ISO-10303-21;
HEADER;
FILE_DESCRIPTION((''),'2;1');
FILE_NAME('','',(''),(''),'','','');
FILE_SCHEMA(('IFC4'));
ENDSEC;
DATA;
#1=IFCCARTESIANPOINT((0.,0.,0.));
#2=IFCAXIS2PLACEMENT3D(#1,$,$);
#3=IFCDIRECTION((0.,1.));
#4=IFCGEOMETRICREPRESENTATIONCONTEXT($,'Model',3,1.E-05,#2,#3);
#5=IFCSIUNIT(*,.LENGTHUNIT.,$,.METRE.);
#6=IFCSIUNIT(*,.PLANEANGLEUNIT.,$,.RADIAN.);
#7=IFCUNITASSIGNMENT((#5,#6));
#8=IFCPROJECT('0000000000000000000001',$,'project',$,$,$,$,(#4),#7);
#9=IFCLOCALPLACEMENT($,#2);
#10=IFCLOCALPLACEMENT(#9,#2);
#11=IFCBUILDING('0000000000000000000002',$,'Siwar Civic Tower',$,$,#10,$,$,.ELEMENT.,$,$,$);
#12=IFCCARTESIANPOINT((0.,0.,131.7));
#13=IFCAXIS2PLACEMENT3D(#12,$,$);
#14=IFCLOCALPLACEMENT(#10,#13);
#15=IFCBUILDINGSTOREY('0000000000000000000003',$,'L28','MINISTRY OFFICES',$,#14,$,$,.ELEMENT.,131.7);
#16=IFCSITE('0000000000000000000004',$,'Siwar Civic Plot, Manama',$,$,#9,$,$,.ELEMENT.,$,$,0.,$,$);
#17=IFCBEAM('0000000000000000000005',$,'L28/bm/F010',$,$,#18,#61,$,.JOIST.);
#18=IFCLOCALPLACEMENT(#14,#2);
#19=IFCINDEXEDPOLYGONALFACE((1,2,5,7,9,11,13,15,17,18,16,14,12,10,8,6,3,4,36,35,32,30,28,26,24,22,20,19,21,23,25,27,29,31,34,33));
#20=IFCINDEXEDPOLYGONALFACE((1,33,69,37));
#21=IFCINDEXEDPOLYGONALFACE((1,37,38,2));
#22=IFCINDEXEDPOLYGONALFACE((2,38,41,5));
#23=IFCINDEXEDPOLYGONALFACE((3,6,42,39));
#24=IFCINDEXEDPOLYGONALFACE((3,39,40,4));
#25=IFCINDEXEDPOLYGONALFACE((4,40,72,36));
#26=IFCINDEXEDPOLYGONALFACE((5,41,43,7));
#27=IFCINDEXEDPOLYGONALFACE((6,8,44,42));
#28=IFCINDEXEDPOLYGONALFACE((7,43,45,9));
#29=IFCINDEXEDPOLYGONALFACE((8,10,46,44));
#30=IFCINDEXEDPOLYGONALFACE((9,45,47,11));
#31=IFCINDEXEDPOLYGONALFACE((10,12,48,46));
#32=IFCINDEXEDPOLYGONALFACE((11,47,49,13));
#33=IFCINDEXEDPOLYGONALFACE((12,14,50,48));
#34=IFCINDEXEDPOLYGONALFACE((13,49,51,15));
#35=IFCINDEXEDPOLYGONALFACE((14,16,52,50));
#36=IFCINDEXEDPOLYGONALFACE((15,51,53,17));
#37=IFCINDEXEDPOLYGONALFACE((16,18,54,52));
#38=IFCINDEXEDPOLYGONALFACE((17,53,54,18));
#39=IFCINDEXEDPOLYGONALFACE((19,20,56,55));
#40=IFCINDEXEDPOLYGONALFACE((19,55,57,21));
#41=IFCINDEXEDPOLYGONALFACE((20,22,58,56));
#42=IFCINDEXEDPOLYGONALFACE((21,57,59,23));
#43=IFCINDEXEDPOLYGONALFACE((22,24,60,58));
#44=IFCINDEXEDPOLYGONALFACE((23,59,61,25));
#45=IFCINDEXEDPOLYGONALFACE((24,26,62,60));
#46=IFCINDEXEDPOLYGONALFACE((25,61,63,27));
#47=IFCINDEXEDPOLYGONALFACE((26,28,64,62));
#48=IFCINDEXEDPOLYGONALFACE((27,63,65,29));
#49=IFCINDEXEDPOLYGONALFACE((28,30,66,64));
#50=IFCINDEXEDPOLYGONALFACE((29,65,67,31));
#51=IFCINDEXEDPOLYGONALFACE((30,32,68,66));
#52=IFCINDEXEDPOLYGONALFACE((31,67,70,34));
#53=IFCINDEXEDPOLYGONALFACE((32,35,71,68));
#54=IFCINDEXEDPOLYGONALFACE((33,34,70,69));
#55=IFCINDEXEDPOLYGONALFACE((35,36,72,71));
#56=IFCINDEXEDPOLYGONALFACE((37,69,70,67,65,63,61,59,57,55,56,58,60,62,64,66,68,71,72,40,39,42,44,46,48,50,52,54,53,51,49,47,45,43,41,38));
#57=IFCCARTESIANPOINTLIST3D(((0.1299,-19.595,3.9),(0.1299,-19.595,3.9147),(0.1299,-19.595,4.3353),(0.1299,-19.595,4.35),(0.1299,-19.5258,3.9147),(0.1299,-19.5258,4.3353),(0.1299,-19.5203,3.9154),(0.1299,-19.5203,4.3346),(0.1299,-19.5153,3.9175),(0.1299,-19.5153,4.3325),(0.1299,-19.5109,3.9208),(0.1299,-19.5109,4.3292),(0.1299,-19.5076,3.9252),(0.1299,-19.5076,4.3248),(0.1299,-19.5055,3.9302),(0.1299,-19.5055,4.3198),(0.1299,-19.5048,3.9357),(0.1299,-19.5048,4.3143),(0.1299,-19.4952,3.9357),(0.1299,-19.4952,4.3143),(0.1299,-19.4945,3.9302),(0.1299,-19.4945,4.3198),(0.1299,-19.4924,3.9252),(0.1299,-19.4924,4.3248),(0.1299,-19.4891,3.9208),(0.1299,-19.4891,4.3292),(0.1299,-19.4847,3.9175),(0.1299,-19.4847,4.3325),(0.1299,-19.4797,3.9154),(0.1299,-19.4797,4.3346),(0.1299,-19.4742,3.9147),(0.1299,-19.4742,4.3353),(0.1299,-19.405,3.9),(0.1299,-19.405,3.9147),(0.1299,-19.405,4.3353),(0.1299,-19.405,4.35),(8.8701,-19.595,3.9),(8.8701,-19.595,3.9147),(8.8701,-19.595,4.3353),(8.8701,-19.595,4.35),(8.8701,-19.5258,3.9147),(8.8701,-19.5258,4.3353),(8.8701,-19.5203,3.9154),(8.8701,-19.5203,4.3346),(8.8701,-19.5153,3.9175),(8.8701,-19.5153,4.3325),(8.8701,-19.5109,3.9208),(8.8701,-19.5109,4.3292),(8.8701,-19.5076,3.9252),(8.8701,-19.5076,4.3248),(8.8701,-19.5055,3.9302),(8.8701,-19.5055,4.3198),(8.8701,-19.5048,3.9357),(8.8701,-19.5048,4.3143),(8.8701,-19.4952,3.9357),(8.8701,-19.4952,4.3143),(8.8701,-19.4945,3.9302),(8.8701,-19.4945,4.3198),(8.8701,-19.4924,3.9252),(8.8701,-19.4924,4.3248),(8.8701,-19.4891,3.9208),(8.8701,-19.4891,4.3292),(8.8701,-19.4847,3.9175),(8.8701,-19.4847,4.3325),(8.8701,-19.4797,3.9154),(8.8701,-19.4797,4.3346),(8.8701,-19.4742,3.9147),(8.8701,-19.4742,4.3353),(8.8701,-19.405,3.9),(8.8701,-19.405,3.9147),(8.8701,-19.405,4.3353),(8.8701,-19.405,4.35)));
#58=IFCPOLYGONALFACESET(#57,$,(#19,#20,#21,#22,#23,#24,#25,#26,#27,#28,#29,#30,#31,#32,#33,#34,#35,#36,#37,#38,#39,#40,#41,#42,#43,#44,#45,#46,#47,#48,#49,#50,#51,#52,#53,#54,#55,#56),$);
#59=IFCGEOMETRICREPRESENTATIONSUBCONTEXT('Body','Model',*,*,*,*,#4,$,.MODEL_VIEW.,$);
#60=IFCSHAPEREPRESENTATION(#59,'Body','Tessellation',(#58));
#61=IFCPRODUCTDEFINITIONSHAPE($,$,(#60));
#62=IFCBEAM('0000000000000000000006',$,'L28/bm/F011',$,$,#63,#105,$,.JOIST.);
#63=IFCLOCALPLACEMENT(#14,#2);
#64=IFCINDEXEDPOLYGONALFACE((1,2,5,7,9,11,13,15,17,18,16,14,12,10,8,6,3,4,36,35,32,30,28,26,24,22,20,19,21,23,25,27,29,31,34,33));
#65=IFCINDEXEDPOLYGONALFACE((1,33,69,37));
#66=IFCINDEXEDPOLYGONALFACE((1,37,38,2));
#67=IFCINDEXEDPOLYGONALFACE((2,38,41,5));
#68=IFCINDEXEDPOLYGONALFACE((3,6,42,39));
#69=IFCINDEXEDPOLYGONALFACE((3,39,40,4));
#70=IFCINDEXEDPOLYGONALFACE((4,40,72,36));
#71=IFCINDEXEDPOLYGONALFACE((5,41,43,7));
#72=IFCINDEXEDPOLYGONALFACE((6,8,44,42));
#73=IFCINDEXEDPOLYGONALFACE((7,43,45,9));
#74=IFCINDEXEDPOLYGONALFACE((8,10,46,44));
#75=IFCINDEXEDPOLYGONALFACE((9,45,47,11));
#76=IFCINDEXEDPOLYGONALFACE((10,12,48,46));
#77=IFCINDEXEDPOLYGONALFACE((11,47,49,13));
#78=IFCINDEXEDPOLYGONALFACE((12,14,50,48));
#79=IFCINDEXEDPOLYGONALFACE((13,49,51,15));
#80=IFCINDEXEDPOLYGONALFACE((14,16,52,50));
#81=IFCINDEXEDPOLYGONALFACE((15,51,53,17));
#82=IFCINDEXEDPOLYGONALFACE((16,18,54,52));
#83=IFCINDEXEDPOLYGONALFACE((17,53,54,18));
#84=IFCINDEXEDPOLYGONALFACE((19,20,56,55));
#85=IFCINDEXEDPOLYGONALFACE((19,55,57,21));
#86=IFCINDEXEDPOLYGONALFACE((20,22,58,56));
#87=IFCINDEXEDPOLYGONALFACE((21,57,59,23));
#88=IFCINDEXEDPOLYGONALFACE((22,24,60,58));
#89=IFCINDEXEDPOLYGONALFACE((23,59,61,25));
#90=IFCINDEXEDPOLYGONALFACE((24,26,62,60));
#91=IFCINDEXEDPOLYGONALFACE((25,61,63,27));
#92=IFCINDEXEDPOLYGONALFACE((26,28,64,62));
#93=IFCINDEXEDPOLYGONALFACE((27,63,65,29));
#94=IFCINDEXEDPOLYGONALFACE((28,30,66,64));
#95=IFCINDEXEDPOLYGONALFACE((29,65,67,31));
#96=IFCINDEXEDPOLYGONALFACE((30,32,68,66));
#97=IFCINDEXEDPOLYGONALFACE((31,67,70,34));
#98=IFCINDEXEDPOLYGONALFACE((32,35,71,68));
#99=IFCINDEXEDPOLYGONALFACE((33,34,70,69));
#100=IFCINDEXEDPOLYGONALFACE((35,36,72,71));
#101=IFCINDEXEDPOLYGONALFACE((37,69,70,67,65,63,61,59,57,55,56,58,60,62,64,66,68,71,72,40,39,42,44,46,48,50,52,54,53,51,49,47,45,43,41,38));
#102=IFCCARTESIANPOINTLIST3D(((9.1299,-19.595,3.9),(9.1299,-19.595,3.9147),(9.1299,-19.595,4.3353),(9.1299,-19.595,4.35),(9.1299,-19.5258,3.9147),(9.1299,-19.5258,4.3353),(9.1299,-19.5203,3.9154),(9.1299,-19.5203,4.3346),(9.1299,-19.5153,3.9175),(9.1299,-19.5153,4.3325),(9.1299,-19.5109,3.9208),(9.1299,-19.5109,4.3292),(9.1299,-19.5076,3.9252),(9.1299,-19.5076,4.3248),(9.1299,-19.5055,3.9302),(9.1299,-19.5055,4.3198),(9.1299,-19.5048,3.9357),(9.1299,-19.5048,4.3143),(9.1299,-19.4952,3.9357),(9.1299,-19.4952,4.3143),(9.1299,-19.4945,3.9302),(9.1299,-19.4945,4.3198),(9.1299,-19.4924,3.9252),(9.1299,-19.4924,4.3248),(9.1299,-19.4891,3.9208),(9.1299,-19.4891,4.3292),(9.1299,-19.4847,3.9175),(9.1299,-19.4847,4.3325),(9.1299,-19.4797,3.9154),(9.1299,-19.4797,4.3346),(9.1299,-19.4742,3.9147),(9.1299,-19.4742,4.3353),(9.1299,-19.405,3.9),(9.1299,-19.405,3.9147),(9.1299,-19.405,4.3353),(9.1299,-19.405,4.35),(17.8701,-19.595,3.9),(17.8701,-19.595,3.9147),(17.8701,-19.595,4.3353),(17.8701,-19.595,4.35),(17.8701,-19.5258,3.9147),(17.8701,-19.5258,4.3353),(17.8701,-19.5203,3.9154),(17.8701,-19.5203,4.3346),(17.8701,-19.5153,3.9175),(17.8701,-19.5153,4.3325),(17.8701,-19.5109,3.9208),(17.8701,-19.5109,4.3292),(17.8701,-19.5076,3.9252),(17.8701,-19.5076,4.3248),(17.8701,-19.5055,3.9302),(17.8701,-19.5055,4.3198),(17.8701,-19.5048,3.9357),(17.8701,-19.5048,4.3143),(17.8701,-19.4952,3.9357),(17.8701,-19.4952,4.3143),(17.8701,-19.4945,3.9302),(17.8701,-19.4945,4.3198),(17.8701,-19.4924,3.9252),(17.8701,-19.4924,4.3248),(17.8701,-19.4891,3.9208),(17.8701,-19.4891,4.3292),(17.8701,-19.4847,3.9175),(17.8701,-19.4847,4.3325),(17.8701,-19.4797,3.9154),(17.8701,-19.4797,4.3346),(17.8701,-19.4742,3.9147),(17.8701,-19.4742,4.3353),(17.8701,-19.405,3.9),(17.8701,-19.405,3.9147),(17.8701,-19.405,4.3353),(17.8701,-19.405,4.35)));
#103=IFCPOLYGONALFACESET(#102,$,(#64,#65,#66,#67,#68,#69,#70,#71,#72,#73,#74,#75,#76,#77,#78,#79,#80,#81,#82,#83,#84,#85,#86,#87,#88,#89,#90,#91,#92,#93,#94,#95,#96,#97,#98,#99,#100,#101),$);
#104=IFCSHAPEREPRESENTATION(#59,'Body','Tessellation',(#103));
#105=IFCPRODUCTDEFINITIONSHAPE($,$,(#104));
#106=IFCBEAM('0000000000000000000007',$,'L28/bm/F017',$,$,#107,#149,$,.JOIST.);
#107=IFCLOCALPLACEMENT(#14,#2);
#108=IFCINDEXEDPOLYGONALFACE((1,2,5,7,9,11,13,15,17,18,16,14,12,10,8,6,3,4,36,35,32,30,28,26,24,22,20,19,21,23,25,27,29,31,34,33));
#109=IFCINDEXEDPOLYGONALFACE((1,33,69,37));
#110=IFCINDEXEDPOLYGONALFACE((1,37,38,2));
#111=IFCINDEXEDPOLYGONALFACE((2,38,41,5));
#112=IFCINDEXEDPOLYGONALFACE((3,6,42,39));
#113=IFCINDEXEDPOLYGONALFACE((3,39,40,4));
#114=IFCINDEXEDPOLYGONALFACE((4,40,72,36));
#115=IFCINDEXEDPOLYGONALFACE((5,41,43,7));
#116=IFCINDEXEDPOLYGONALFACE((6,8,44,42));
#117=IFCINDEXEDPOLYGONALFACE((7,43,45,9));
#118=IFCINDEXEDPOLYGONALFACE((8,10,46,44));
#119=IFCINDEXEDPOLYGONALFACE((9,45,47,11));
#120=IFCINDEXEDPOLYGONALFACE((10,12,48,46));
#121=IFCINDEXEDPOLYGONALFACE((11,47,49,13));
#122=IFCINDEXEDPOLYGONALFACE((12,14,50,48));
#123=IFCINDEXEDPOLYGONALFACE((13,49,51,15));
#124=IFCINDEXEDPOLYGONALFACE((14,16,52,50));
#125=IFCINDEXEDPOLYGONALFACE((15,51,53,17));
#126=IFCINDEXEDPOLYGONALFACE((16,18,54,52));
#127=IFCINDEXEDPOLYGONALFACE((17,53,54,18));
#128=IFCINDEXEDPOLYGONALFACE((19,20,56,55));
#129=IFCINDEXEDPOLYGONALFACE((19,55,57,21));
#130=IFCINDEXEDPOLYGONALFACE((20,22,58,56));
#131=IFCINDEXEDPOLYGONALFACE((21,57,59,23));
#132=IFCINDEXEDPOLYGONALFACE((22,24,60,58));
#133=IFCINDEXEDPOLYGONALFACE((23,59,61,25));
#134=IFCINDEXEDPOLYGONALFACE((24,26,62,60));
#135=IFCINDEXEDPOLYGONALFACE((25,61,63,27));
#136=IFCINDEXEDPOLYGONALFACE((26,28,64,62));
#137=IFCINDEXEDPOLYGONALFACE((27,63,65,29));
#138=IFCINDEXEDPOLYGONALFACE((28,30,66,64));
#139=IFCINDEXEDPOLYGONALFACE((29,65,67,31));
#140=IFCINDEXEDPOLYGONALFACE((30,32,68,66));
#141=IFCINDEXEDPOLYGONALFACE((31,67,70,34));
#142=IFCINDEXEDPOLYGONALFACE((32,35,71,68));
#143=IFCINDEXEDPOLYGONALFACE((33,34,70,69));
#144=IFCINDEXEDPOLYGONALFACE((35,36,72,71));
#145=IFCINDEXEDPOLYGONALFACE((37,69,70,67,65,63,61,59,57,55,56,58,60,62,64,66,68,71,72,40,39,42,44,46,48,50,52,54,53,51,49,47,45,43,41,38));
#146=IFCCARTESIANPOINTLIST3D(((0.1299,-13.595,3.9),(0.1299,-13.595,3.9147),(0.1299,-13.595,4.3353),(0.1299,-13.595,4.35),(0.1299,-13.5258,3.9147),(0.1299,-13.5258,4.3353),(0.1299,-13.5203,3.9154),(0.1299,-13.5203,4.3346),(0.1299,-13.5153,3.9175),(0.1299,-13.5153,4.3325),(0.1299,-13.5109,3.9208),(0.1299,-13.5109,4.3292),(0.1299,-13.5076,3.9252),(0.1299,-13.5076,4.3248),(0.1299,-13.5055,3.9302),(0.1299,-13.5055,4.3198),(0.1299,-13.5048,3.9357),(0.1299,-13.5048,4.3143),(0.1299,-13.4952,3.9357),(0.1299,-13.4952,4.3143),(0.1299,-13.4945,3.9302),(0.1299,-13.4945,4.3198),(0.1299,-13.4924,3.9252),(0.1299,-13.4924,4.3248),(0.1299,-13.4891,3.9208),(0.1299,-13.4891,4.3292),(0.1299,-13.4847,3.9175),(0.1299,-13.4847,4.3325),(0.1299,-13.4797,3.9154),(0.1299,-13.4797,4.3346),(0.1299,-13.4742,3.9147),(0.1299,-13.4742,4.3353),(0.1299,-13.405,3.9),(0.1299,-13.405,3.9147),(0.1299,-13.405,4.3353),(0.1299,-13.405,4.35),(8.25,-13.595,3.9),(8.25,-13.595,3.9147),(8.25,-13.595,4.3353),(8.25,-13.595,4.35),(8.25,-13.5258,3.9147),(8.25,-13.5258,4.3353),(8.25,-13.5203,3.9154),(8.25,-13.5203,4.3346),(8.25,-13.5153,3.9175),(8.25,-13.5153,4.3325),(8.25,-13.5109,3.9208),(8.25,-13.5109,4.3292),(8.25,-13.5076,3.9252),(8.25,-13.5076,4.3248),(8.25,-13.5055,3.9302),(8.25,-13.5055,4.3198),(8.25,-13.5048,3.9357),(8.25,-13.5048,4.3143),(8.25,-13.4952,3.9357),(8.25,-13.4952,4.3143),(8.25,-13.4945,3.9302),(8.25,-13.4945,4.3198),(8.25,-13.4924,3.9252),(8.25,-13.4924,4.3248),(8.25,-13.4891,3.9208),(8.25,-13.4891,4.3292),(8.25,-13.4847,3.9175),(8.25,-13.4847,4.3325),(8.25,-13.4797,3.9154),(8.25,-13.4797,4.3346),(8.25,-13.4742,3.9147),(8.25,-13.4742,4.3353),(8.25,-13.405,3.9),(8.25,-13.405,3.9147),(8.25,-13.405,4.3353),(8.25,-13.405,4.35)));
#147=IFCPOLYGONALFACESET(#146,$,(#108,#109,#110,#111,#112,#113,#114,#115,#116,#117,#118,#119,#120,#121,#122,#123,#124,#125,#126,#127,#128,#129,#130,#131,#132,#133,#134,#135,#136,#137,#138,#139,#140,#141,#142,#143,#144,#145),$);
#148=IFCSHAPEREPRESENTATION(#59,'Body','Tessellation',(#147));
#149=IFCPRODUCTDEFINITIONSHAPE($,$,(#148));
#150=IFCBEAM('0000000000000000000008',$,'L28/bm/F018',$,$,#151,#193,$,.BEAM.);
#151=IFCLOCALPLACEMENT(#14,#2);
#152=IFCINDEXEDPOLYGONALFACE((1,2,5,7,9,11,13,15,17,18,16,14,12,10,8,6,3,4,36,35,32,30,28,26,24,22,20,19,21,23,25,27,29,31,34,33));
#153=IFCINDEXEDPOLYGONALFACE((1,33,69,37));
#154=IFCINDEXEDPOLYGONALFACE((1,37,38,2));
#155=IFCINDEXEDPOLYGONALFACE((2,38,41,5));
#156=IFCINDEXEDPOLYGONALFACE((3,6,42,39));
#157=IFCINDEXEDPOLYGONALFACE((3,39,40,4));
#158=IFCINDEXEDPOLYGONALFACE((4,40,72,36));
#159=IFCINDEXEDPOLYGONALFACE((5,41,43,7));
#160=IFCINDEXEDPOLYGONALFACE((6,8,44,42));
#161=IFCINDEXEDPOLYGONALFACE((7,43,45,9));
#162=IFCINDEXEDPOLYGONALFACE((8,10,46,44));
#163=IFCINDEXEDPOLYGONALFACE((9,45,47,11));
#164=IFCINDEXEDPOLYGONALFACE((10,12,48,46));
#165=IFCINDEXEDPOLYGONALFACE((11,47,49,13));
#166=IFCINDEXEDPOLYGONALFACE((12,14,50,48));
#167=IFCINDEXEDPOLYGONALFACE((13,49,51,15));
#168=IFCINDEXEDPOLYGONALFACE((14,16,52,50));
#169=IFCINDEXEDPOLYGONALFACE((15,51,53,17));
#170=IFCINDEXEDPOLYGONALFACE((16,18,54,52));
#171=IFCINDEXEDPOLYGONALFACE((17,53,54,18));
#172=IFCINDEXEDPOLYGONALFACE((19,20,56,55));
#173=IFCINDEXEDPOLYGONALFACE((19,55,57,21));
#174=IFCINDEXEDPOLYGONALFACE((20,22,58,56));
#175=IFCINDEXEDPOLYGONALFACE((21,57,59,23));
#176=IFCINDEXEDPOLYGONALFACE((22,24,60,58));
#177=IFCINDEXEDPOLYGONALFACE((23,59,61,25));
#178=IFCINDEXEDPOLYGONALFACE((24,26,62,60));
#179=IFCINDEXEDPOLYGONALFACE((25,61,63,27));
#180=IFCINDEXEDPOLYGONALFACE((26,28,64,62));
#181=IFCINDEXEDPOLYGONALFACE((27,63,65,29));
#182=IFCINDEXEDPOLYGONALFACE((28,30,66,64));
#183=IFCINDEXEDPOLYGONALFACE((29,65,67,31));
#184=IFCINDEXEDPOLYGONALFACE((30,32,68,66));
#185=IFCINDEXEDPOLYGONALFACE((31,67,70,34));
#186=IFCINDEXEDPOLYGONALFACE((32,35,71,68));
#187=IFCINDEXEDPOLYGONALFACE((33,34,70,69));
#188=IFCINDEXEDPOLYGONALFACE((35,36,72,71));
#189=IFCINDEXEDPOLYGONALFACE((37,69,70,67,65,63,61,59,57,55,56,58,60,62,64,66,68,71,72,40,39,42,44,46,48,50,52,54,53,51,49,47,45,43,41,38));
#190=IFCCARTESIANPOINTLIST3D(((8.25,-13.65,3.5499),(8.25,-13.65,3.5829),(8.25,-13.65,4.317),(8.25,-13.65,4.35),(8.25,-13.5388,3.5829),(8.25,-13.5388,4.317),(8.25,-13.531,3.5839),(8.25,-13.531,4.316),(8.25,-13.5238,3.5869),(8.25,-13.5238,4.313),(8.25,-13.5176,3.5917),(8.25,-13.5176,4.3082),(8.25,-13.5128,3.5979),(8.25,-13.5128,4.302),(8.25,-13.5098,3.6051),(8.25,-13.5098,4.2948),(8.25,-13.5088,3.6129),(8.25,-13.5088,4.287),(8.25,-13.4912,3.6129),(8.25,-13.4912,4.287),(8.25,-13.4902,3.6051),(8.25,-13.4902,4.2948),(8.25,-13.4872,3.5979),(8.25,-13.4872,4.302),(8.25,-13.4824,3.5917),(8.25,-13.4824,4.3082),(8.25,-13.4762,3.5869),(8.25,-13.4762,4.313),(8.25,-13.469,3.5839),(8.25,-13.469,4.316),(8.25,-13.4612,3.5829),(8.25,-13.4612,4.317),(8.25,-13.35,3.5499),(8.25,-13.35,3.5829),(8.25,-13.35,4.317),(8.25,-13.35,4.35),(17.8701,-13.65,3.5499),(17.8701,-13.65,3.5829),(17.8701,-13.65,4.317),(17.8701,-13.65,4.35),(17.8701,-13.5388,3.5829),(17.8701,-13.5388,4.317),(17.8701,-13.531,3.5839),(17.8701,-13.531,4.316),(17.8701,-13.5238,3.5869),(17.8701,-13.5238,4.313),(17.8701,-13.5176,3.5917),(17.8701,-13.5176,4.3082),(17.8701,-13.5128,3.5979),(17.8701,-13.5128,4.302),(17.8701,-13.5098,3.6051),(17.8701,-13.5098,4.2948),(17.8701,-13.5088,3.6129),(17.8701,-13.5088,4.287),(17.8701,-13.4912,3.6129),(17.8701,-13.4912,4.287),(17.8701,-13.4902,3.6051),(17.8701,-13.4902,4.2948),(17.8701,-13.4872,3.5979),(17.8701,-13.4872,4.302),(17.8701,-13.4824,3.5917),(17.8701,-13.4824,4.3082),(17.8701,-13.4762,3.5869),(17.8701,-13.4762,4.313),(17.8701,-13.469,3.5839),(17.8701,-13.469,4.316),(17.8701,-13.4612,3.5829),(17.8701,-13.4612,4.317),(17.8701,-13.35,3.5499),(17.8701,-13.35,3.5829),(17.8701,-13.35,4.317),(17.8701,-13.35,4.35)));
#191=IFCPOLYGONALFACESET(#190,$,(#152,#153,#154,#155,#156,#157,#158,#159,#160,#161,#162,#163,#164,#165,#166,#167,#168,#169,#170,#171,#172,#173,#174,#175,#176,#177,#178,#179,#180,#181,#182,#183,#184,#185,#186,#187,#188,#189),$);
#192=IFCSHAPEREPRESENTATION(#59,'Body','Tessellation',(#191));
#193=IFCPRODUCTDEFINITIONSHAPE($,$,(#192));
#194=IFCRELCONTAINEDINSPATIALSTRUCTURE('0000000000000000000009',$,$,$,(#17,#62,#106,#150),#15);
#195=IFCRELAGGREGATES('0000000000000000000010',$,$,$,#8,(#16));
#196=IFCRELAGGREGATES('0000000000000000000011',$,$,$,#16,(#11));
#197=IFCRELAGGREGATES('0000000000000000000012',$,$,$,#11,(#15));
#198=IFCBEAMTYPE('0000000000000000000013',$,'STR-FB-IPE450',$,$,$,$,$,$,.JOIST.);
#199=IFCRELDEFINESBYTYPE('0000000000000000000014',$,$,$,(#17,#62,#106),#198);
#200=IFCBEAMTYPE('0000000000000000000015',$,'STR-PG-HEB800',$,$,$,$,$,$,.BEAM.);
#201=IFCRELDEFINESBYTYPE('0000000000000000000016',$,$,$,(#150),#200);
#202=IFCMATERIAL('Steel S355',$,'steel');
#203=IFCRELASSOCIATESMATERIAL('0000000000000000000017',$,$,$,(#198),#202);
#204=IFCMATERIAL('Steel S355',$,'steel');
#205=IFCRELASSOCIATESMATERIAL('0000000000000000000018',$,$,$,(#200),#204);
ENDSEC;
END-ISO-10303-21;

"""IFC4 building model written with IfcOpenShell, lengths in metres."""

from ifc_helpers import new_model, si_unit, direction, frame, origin, origin_2d, place, context, subcontext, project, spatial, i_section, extrude, material, material_profile, profile_set, type_object, element, save


model = new_model("IFC4")

# Units and contexts
model_context = context("Model", 3, precision=1e-05, world=origin(), true_north=direction((0.0, 1.0)))
body_context = subcontext(model_context, "Body", "Model", "MODEL_VIEW")
ifc_project = project(units=[si_unit("LENGTHUNIT", "METRE"), si_unit("PLANEANGLEUNIT", "RADIAN")], contexts=[model_context])

# Site, building, storey
site_placement = place(None, origin())
site = spatial("IfcSite", under=ifc_project, at=site_placement, Name="Siwar Civic Plot, Manama", CompositionType="ELEMENT", RefElevation=0.0)
building_placement = place(site_placement, origin())
building = spatial("IfcBuilding", under=site, at=building_placement, Name="Siwar Civic Tower", CompositionType="ELEMENT")
storey_placement = place(building_placement, frame((0.0, 0.0, 131.7)))
storey = spatial("IfcBuildingStorey", under=building, at=storey_placement, Name="L28", Description="MINISTRY OFFICES", CompositionType="ELEMENT", Elevation=131.7)

# Beams
ifc_material_1 = material(Name="Steel S355", Category="steel")
ifc_material_profile_1 = material_profile(ifc_material_1, i_section(OverallWidth=0.1899, OverallDepth=0.45, WebThickness=0.0095, FlangeThickness=0.0146, FilletRadius=0.021, at=origin_2d()), Name="IPE450")
ifc_profile_set_1 = profile_set([ifc_material_profile_1], Name="Steel S355")
beam_type_1 = type_object("IfcBeamType", Name="STR-FB-IPE450", PredefinedType="JOIST", material=ifc_profile_set_1)
for number, where, z_axis, x_axis, name in (
    (1, (0.1299, -19.5, 4.125), (1.0, 0.0, 0.0), (0.0, 1.0, 0.0), "L28/bm/F010"),
    (2, (9.1299, -19.5, 4.125), (1.0, 0.0, 0.0), (0.0, 1.0, 0.0), "L28/bm/F011"),
):
    element("IfcBeam", number, at=place(storey_placement, frame(where, z_axis=z_axis, x_axis=x_axis)), inside=storey, type_object=beam_type_1, Name=name, PredefinedType="JOIST", context=body_context, shape_type="SweptSolid", body=[
        extrude(i_section(OverallWidth=0.1899, OverallDepth=0.45, WebThickness=0.0095, FlangeThickness=0.0146, FilletRadius=0.021, at=origin_2d()), origin(), (0.0, 0.0, 1.0), 8.7402),
    ])
beam_1_placement = place(storey_placement, frame((0.1299, -13.5, 4.125), z_axis=(1.0, 0.0, 0.0), x_axis=(0.0, 1.0, 0.0)))
element("IfcBeam", 3, at=beam_1_placement, inside=storey, type_object=beam_type_1, Name="L28/bm/F017", PredefinedType="JOIST", context=body_context, shape_type="SweptSolid", body=[
    extrude(i_section(OverallWidth=0.1899, OverallDepth=0.45, WebThickness=0.0095, FlangeThickness=0.0146, FilletRadius=0.021, at=origin_2d()), origin(), (0.0, 0.0, 1.0), 8.1201),
])
ifc_material_2 = material(Name="Steel S355", Category="steel")
ifc_material_profile_2 = material_profile(ifc_material_2, i_section(OverallWidth=0.3, OverallDepth=0.8, WebThickness=0.0176, FlangeThickness=0.033, FilletRadius=0.03, at=origin_2d()), Name="HEB800")
ifc_profile_set_2 = profile_set([ifc_material_profile_2], Name="Steel S355")
beam_type_2 = type_object("IfcBeamType", Name="STR-PG-HEB800", PredefinedType="BEAM", material=ifc_profile_set_2)
beam_2_placement = place(storey_placement, frame((8.25, -13.5, 3.95), z_axis=(1.0, 0.0, 0.0), x_axis=(0.0, 1.0, 0.0)))
element("IfcBeam", 4, at=beam_2_placement, inside=storey, type_object=beam_type_2, Name="L28/bm/F018", PredefinedType="BEAM", context=body_context, shape_type="SweptSolid", body=[
    extrude(i_section(OverallWidth=0.3, OverallDepth=0.8, WebThickness=0.0176, FlangeThickness=0.033, FilletRadius=0.03, at=origin_2d()), origin(), (0.0, 0.0, 1.0), 9.6201),
])

save(model, "model.ifc")
